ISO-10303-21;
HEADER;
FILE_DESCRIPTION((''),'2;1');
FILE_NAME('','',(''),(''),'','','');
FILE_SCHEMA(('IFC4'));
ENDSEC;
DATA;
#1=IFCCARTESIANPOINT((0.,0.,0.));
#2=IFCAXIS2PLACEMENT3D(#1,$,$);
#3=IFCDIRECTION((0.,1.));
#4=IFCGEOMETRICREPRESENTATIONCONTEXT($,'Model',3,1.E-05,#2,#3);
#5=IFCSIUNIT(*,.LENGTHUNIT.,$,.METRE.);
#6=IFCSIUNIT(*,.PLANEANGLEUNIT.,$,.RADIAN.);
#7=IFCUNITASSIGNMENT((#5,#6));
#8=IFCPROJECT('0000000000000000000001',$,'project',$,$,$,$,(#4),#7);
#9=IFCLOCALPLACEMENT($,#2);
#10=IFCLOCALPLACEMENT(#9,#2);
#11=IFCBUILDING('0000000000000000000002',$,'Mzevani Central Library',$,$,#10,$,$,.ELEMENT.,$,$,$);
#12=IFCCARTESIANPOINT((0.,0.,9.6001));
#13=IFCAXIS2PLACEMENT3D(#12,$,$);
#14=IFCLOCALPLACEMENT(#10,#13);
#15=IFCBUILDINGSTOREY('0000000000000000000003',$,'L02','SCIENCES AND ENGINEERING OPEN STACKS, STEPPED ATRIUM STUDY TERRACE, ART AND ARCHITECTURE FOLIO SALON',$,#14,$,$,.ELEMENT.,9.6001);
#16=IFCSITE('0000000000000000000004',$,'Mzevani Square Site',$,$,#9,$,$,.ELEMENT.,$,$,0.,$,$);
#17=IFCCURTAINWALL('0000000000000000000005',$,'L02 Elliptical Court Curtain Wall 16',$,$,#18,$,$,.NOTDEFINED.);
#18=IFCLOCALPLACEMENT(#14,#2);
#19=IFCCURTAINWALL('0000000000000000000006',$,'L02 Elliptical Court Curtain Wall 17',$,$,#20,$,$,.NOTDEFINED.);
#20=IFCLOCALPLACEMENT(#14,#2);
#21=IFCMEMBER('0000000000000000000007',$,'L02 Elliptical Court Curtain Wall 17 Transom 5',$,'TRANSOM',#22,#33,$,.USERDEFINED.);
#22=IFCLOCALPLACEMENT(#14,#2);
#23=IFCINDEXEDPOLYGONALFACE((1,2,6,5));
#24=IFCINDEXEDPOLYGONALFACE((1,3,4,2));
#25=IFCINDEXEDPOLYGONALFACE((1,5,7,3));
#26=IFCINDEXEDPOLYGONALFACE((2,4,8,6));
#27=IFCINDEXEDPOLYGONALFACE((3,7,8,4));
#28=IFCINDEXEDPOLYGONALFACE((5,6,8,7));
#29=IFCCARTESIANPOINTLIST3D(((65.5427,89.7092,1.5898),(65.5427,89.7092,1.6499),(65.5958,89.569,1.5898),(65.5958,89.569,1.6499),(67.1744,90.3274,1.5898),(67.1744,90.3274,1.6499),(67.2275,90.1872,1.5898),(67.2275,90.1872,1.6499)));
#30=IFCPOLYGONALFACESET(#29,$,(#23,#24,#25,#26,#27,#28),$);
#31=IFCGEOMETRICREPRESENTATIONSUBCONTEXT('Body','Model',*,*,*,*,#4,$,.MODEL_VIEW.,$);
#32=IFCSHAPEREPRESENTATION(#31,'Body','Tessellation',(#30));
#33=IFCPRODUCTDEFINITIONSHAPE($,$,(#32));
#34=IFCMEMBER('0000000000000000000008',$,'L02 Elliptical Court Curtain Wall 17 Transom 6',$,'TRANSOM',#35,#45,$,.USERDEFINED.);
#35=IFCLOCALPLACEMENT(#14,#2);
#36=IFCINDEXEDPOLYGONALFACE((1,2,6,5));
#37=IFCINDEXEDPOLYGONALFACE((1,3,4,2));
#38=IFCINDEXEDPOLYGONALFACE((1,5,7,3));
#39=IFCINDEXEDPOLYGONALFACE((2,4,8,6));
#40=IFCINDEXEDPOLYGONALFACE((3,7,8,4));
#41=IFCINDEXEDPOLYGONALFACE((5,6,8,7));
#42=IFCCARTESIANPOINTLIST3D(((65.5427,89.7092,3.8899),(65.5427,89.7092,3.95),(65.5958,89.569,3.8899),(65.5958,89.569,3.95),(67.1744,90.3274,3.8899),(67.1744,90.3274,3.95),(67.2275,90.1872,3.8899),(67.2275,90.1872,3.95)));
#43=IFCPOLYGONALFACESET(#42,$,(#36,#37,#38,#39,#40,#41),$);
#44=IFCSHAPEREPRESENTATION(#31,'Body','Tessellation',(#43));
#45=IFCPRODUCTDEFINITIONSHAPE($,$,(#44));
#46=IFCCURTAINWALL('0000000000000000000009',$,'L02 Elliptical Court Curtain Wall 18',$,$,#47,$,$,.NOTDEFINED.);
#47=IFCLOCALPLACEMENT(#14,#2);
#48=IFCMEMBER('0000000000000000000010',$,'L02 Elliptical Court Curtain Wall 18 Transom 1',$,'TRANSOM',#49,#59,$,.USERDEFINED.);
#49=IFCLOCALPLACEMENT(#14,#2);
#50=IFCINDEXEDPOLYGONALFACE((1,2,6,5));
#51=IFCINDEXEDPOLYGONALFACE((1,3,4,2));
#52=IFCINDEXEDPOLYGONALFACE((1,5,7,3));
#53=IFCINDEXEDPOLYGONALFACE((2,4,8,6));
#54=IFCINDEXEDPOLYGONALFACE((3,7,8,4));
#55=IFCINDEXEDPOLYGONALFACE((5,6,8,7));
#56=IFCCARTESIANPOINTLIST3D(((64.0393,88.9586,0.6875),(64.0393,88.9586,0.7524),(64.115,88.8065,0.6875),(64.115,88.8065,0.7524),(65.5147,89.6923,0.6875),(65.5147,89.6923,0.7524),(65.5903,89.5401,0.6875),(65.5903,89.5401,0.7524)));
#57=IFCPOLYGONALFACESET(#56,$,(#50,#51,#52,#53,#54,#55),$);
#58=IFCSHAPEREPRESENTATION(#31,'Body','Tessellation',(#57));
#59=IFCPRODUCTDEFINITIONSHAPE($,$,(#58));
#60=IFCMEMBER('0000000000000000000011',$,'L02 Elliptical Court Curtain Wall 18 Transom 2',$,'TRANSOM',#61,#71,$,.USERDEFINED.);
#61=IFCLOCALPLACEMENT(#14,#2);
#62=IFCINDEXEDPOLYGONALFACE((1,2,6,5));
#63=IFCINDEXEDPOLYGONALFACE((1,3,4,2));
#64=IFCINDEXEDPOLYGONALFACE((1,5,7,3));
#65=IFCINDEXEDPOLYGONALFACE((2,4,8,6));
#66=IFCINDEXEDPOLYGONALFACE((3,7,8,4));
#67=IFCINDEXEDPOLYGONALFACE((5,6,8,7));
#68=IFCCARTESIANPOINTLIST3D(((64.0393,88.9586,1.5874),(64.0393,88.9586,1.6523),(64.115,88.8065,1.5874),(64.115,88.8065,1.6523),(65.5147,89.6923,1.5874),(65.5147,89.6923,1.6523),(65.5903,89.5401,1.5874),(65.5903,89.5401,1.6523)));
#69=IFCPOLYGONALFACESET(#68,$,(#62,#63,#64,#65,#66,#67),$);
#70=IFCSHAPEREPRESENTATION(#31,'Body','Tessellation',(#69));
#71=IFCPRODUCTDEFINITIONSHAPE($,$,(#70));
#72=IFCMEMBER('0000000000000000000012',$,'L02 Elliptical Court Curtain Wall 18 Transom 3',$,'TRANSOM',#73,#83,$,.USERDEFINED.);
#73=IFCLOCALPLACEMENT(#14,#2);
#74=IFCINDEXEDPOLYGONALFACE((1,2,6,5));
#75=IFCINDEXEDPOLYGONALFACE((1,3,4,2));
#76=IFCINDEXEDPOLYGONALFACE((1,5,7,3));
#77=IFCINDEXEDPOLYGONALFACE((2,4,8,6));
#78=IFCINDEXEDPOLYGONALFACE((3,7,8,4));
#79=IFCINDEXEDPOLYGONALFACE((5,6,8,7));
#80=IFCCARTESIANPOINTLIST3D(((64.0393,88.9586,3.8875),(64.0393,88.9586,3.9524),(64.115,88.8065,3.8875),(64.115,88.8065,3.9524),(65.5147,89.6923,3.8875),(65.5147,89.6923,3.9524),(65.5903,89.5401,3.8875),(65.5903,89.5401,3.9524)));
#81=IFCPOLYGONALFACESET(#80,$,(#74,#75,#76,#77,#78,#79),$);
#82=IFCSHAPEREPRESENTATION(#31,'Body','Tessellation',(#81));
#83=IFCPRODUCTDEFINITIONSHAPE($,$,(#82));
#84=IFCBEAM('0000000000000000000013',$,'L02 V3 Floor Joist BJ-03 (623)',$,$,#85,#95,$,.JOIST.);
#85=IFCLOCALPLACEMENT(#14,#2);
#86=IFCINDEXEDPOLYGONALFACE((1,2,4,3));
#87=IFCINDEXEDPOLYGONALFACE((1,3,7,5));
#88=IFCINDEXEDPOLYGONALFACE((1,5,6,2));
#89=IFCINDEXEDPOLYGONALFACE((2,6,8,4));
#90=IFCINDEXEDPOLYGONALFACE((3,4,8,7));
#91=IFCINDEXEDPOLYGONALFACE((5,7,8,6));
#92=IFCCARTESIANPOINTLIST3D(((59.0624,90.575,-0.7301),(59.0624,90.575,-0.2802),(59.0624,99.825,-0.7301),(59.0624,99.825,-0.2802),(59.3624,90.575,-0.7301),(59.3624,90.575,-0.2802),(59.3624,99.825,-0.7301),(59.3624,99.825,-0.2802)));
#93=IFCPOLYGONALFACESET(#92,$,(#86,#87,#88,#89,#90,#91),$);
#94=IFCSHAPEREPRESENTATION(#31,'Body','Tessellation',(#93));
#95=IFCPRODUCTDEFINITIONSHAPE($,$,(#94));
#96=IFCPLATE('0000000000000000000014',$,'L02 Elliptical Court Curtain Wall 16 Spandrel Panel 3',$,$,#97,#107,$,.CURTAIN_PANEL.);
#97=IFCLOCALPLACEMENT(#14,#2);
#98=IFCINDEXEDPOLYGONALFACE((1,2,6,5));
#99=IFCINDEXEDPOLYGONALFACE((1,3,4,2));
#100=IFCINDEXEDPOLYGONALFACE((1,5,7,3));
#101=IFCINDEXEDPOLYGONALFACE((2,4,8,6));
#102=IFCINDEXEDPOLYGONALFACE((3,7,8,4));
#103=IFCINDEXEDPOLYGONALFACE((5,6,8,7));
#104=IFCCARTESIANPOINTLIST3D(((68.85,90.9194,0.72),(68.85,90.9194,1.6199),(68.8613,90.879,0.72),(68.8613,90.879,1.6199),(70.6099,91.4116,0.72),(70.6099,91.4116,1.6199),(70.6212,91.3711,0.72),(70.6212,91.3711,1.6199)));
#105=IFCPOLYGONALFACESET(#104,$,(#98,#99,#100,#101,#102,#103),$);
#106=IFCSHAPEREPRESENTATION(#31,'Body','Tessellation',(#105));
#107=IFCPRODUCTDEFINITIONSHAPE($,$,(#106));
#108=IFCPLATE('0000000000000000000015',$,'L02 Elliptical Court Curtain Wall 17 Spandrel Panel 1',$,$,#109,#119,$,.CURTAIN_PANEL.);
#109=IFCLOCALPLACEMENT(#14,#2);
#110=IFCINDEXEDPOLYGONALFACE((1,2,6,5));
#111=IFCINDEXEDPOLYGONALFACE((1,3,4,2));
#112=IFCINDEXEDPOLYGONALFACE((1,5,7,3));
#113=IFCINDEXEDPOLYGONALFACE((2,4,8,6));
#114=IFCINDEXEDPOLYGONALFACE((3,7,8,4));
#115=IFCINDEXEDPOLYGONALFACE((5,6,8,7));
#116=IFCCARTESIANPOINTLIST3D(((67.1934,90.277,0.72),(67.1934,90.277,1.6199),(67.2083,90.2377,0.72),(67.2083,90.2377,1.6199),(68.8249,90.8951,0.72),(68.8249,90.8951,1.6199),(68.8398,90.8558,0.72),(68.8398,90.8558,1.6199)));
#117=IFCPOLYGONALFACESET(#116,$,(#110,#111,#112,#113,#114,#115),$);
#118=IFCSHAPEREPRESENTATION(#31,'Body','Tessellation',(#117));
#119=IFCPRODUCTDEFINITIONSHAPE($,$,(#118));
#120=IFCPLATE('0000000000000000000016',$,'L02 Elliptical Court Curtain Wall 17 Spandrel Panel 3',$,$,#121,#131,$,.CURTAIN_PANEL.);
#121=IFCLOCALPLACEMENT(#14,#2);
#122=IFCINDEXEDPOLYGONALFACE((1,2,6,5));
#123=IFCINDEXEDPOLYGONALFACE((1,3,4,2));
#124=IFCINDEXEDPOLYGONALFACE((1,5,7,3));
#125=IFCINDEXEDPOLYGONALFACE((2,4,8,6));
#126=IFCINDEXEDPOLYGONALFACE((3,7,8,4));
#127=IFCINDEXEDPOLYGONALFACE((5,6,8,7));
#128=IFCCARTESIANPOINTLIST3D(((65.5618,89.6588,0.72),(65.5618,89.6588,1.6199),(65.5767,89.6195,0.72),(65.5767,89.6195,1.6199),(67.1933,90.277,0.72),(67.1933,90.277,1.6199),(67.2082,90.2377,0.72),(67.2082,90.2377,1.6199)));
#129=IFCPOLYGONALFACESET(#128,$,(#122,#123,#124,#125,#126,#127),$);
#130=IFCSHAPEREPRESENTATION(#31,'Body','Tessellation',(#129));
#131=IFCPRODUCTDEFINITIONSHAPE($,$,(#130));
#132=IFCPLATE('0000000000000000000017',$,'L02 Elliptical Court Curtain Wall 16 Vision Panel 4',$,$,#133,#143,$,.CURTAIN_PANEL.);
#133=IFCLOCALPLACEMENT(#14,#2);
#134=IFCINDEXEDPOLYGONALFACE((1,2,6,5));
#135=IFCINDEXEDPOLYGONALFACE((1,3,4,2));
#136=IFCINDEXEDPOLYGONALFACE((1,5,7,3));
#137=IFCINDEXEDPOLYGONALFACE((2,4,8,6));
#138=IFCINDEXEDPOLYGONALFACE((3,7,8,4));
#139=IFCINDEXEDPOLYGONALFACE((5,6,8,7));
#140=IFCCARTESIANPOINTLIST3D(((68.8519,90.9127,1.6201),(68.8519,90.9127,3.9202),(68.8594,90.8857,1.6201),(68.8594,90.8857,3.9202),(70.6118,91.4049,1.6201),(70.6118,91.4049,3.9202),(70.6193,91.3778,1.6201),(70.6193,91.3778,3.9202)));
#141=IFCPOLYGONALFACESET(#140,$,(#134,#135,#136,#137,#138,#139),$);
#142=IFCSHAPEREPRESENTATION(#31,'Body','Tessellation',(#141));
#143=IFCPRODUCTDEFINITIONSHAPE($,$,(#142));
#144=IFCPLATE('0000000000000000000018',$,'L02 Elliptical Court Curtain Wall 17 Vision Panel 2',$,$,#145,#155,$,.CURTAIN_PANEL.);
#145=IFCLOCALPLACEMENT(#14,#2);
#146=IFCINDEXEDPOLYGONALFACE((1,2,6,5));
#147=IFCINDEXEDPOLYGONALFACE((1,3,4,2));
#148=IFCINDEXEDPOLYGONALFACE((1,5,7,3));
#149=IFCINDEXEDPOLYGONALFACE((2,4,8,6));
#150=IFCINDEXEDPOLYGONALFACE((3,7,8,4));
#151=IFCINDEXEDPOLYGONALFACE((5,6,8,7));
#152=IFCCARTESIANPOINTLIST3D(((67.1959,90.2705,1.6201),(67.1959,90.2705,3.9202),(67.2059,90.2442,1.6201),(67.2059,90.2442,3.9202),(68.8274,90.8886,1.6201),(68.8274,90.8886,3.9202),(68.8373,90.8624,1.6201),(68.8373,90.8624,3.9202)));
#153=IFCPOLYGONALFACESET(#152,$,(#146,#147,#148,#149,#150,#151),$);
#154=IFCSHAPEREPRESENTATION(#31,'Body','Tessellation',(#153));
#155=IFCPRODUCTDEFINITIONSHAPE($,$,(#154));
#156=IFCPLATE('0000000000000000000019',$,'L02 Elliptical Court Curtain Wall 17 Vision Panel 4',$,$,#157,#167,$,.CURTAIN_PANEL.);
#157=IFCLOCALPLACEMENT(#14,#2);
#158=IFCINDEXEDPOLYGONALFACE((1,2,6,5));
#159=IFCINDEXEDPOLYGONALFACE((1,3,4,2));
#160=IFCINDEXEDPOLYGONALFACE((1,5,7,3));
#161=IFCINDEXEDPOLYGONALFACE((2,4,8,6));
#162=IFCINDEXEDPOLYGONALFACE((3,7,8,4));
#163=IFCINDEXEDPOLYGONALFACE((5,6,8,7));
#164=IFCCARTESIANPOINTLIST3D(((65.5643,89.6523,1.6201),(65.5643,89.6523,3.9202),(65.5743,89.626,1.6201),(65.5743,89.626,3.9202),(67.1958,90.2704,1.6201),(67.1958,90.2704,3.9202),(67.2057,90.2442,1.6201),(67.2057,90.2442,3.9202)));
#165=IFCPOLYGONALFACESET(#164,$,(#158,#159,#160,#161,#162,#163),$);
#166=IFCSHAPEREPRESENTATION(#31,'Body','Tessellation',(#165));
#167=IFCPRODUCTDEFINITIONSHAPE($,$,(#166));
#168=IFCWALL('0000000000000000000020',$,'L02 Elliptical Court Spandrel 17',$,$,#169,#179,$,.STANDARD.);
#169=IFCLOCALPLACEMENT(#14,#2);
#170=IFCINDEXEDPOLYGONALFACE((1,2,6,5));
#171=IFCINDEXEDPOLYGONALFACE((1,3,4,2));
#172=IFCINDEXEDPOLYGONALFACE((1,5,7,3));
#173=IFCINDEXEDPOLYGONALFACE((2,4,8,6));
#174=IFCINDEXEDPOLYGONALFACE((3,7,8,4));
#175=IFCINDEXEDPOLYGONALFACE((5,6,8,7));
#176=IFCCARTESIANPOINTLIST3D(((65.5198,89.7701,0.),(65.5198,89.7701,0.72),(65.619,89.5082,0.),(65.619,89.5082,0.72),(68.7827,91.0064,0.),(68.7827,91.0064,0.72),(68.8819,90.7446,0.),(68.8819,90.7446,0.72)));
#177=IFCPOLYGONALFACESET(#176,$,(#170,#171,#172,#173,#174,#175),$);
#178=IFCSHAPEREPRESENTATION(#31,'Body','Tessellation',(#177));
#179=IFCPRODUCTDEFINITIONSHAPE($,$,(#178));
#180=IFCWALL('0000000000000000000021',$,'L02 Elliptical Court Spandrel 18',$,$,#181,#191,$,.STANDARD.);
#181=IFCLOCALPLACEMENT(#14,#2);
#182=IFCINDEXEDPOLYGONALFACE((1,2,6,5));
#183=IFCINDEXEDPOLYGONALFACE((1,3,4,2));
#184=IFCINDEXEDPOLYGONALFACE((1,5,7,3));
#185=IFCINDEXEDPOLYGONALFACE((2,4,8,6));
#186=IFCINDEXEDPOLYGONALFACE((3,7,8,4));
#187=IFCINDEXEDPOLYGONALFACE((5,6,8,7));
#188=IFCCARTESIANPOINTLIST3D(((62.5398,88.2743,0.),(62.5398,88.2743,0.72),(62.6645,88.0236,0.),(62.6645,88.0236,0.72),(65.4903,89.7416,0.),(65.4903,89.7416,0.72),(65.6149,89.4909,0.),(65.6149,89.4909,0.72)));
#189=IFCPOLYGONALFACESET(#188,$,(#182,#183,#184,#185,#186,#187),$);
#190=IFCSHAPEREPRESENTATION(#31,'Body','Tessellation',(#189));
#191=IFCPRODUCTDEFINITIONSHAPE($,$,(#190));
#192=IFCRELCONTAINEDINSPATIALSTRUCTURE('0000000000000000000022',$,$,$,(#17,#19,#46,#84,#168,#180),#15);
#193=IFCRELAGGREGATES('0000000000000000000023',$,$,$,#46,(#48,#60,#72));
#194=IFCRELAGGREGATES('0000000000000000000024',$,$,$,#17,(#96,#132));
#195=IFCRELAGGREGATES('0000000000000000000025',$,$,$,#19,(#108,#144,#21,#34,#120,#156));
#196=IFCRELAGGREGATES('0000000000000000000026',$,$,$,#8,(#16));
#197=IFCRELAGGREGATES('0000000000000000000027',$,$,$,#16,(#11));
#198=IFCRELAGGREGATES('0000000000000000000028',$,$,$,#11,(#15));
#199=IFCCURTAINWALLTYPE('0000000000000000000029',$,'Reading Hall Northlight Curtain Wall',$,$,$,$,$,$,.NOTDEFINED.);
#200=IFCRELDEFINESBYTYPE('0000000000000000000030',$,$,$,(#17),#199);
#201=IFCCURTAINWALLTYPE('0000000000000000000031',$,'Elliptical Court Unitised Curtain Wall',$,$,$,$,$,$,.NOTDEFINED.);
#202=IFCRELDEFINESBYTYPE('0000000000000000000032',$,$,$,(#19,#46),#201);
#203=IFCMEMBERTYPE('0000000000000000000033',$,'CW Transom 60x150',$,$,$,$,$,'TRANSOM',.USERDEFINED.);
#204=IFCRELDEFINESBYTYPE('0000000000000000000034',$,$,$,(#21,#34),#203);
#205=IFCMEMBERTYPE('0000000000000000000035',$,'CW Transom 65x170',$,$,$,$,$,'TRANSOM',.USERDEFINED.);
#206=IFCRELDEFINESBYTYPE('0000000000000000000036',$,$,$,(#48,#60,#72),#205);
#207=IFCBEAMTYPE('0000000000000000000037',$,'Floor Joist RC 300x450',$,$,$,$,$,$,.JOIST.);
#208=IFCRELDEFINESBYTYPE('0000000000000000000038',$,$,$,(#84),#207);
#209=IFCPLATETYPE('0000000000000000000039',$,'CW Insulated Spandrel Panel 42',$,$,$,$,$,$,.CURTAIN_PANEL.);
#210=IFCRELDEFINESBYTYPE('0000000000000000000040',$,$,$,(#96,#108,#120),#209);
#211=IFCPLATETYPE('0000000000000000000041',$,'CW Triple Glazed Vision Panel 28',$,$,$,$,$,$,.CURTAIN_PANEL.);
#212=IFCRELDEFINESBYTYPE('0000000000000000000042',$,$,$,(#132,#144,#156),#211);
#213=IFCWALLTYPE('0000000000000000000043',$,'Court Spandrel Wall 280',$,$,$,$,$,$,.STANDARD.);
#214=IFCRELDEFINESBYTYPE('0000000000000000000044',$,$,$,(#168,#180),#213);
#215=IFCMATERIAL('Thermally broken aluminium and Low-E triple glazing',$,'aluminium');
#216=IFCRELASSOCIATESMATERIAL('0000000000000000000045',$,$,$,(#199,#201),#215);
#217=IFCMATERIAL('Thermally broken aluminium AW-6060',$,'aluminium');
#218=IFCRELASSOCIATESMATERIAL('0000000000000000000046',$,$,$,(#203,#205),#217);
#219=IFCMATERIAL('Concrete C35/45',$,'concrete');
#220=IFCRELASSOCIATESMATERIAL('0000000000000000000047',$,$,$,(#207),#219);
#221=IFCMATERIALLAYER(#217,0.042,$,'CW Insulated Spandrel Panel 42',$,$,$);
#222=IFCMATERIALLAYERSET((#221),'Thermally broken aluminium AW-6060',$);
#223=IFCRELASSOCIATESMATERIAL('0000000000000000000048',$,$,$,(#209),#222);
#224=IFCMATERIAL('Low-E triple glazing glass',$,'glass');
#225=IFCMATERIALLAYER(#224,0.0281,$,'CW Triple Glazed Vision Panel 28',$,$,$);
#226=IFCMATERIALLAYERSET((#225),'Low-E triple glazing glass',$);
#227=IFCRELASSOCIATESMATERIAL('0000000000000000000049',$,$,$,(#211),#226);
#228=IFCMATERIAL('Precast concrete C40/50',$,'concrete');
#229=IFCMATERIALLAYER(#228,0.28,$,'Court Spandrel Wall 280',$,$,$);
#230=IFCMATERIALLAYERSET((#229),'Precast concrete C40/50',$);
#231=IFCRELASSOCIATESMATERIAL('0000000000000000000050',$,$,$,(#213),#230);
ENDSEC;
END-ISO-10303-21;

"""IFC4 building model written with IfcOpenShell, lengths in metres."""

from ifc_helpers import new_model, si_unit, direction, frame, frame_2d, origin, origin_2d, place, context, subcontext, project, spatial, rectangle, extrude, material, layer, layer_set, material_profile, profile_set, type_object, element, aggregate, save


model = new_model("IFC4")

# Units and contexts
model_context = context("Model", 3, precision=1e-05, world=origin(), true_north=direction((0.0, 1.0)))
body_context = subcontext(model_context, "Body", "Model", "MODEL_VIEW")
ifc_project = project(units=[si_unit("LENGTHUNIT", "METRE"), si_unit("PLANEANGLEUNIT", "RADIAN")], contexts=[model_context])

# Site, building, storey
site_placement = place(None, origin())
site = spatial("IfcSite", under=ifc_project, at=site_placement, Name="Mzevani Square Site", CompositionType="ELEMENT", RefElevation=0.0)
building_placement = place(site_placement, origin())
building = spatial("IfcBuilding", under=site, at=building_placement, Name="Mzevani Central Library", CompositionType="ELEMENT")
storey_placement = place(building_placement, frame((0.0, 0.0, 9.6001)))
storey = spatial("IfcBuildingStorey", under=building, at=storey_placement, Name="L02", Description="SCIENCES AND ENGINEERING OPEN STACKS, STEPPED ATRIUM STUDY TERRACE, ART AND ARCHITECTURE FOLIO SALON", CompositionType="ELEMENT", Elevation=9.6001)

# Shared definitions
ifc_material_1 = material(Name="Concrete C35/45", Category="concrete")

# Curtain walls, members
ifc_material_2 = material(Name="Thermally broken aluminium and Low-E triple glazing", Category="aluminium")
curtain_wall_type_1 = type_object("IfcCurtainWallType", Name="Reading Hall Northlight Curtain Wall", PredefinedType="NOTDEFINED", material=ifc_material_2)
curtain_wall_1_placement = place(storey_placement, origin())
curtain_wall_1 = element("IfcCurtainWall", 1, at=curtain_wall_1_placement, inside=storey, type_object=curtain_wall_type_1, Name="L02 Elliptical Court Curtain Wall 16", PredefinedType="NOTDEFINED")
ifc_material_3 = material(Name="Thermally broken aluminium AW-6060", Category="aluminium")
curtain_wall_type_2 = type_object("IfcCurtainWallType", Name="Elliptical Court Unitised Curtain Wall", PredefinedType="NOTDEFINED", material=ifc_material_2)
curtain_wall_2_placement = place(storey_placement, origin())
curtain_wall_2 = element("IfcCurtainWall", 2, at=curtain_wall_2_placement, inside=storey, type_object=curtain_wall_type_2, Name="L02 Elliptical Court Curtain Wall 17", PredefinedType="NOTDEFINED")
ifc_material_profile_1 = material_profile(ifc_material_3, rectangle(XDim=0.1499, YDim=0.0601, at=origin_2d()), Name="ALU T60x150")
ifc_profile_set_1 = profile_set([ifc_material_profile_1], Name="Thermally broken aluminium AW-6060")
member_type_1 = type_object("IfcMemberType", Name="CW Transom 60x150", ElementType="TRANSOM", PredefinedType="USERDEFINED", material=ifc_profile_set_1)
member_1_placement = place(storey_placement, frame((67.2009, 90.2573, 1.6199), z_axis=(-0.935133, -0.354296, 0.0), x_axis=(0.354296, -0.935133, 0.0)))
member_1 = element("IfcMember", 3, at=member_1_placement, type_object=member_type_1, Name="L02 Elliptical Court Curtain Wall 17 Transom 5", ObjectType="TRANSOM", PredefinedType="USERDEFINED", context=body_context, shape_type="SweptSolid", body=[
    extrude(rectangle(XDim=0.1499, YDim=0.0601, at=origin_2d()), origin(), (0.0, 0.0, 1.0), 1.7449),
])
member_2_placement = place(storey_placement, frame((67.2009, 90.2573, 3.9199), z_axis=(-0.935133, -0.354296, 0.0), x_axis=(0.354296, -0.935133, 0.0)))
member_2 = element("IfcMember", 4, at=member_2_placement, type_object=member_type_1, Name="L02 Elliptical Court Curtain Wall 17 Transom 6", ObjectType="TRANSOM", PredefinedType="USERDEFINED", context=body_context, shape_type="SweptSolid", body=[
    extrude(rectangle(XDim=0.1499, YDim=0.0601, at=origin_2d()), origin(), (0.0, 0.0, 1.0), 1.7449),
])
curtain_wall_3_placement = place(storey_placement, origin())
curtain_wall_3 = element("IfcCurtainWall", 5, at=curtain_wall_3_placement, inside=storey, type_object=curtain_wall_type_2, Name="L02 Elliptical Court Curtain Wall 18", PredefinedType="NOTDEFINED")
ifc_material_profile_2 = material_profile(ifc_material_3, rectangle(XDim=0.1699, YDim=0.0649, at=origin_2d()), Name="ALU T65x170")
ifc_profile_set_2 = profile_set([ifc_material_profile_2], Name="Thermally broken aluminium AW-6060")
member_type_2 = type_object("IfcMemberType", Name="CW Transom 65x170", ElementType="TRANSOM", PredefinedType="USERDEFINED", material=ifc_profile_set_2)
member_3_placement = place(storey_placement, frame((65.5525, 89.6162, 0.72), z_axis=(-0.895403, -0.445257, 0.0), x_axis=(0.445257, -0.895403, 0.0)))
member_3 = element("IfcMember", 6, at=member_3_placement, type_object=member_type_2, Name="L02 Elliptical Court Curtain Wall 18 Transom 1", ObjectType="TRANSOM", PredefinedType="USERDEFINED", context=body_context, shape_type="SweptSolid", body=[
    extrude(rectangle(XDim=0.1699, YDim=0.0649, at=origin_2d()), origin(), (0.0, 0.0, 1.0), 1.6477),
])
member_4_placement = place(storey_placement, frame((65.5525, 89.6162, 1.6199), z_axis=(-0.895403, -0.445257, 0.0), x_axis=(0.445257, -0.895403, 0.0)))
member_4 = element("IfcMember", 7, at=member_4_placement, type_object=member_type_2, Name="L02 Elliptical Court Curtain Wall 18 Transom 2", ObjectType="TRANSOM", PredefinedType="USERDEFINED", context=body_context, shape_type="SweptSolid", body=[
    extrude(rectangle(XDim=0.1699, YDim=0.0649, at=origin_2d()), origin(), (0.0, 0.0, 1.0), 1.6477),
])
member_5_placement = place(storey_placement, frame((65.5525, 89.6162, 3.9199), z_axis=(-0.895403, -0.445257, 0.0), x_axis=(0.445257, -0.895403, 0.0)))
member_5 = element("IfcMember", 8, at=member_5_placement, type_object=member_type_2, Name="L02 Elliptical Court Curtain Wall 18 Transom 3", ObjectType="TRANSOM", PredefinedType="USERDEFINED", context=body_context, shape_type="SweptSolid", body=[
    extrude(rectangle(XDim=0.1699, YDim=0.0649, at=origin_2d()), origin(), (0.0, 0.0, 1.0), 1.6477),
])
aggregate(curtain_wall_3, [member_3, member_4, member_5])

# Beam
ifc_material_profile_3 = material_profile(ifc_material_1, rectangle(XDim=0.3, YDim=0.45, at=origin_2d()), Name="RC J300x450")
ifc_profile_set_3 = profile_set([ifc_material_profile_3], Name="Concrete C35/45")
beam_type_1 = type_object("IfcBeamType", Name="Floor Joist RC 300x450", PredefinedType="JOIST", material=ifc_profile_set_3)
beam_1_placement = place(storey_placement, frame((59.2124, 90.575, -0.5051), z_axis=(0.0, 1.0, 0.0), x_axis=(-1.0, 0.0, 0.0)))
element("IfcBeam", 9, at=beam_1_placement, inside=storey, type_object=beam_type_1, Name="L02 V3 Floor Joist BJ-03 (623)", PredefinedType="JOIST", context=body_context, shape_type="SweptSolid", body=[
    extrude(rectangle(XDim=0.3, YDim=0.45, at=origin_2d()), origin(), (0.0, 0.0, 1.0), 9.25),
])

# Plates
ifc_layer_1 = layer(ifc_material_3, 0.042, Name="CW Insulated Spandrel Panel 42")
ifc_layer_set_1 = layer_set([ifc_layer_1], Name="Thermally broken aluminium AW-6060")
plate_type_1 = type_object("IfcPlateType", Name="CW Insulated Spandrel Panel 42", PredefinedType="CURTAIN_PANEL", material=ifc_layer_set_1)
plate_1_placement = place(storey_placement, frame((69.7356, 91.1453, 0.72), z_axis=(0.0, 0.0, 1.0), x_axis=(-0.963054, -0.26931, 0.0)))
plate_1 = element("IfcPlate", 10, at=plate_1_placement, type_object=plate_type_1, Name="L02 Elliptical Court Curtain Wall 16 Spandrel Panel 3", PredefinedType="CURTAIN_PANEL", context=body_context, shape_type="SweptSolid", body=[
    extrude(rectangle(XDim=1.8274, YDim=0.042, at=origin_2d()), origin(), (0.0, 0.0, 1.0), 0.8999),
])
plate_2_placement = place(storey_placement, frame((68.0166, 90.5664, 0.72), z_axis=(0.0, 0.0, 1.0), x_axis=(-0.935126, -0.354316, 0.0)))
plate_2 = element("IfcPlate", 11, at=plate_2_placement, type_object=plate_type_1, Name="L02 Elliptical Court Curtain Wall 17 Spandrel Panel 1", PredefinedType="CURTAIN_PANEL", context=body_context, shape_type="SweptSolid", body=[
    extrude(rectangle(XDim=1.7446, YDim=0.042, at=origin_2d()), origin(), (0.0, 0.0, 1.0), 0.8999),
])
plate_3_placement = place(storey_placement, frame((66.385, 89.9482, 0.72), z_axis=(0.0, 0.0, 1.0), x_axis=(-0.935126, -0.354316, 0.0)))
plate_3 = element("IfcPlate", 12, at=plate_3_placement, type_object=plate_type_1, Name="L02 Elliptical Court Curtain Wall 17 Spandrel Panel 3", PredefinedType="CURTAIN_PANEL", context=body_context, shape_type="SweptSolid", body=[
    extrude(rectangle(XDim=1.7446, YDim=0.042, at=origin_2d()), origin(), (0.0, 0.0, 1.0), 0.8999),
])
ifc_material_4 = material(Name="Low-E triple glazing glass", Category="glass")
ifc_layer_2 = layer(ifc_material_4, 0.0281, Name="CW Triple Glazed Vision Panel 28")
ifc_layer_set_2 = layer_set([ifc_layer_2], Name="Low-E triple glazing glass")
plate_type_2 = type_object("IfcPlateType", Name="CW Triple Glazed Vision Panel 28", PredefinedType="CURTAIN_PANEL", material=ifc_layer_set_2)
plate_4_placement = place(storey_placement, frame((69.7356, 91.1453, 1.6201), z_axis=(0.0, 0.0, 1.0), x_axis=(-0.963054, -0.26931, 0.0)))
plate_4 = element("IfcPlate", 13, at=plate_4_placement, type_object=plate_type_2, Name="L02 Elliptical Court Curtain Wall 16 Vision Panel 4", PredefinedType="CURTAIN_PANEL", context=body_context, shape_type="SweptSolid", body=[
    extrude(rectangle(XDim=1.8274, YDim=0.0281, at=origin_2d()), origin(), (0.0, 0.0, 1.0), 2.3),
])
aggregate(curtain_wall_1, [plate_1, plate_4])
plate_5_placement = place(storey_placement, frame((68.0166, 90.5664, 1.6201), z_axis=(0.0, 0.0, 1.0), x_axis=(-0.935126, -0.354316, 0.0)))
plate_5 = element("IfcPlate", 14, at=plate_5_placement, type_object=plate_type_2, Name="L02 Elliptical Court Curtain Wall 17 Vision Panel 2", PredefinedType="CURTAIN_PANEL", context=body_context, shape_type="SweptSolid", body=[
    extrude(rectangle(XDim=1.7446, YDim=0.0281, at=origin_2d()), origin(), (0.0, 0.0, 1.0), 2.3),
])
plate_6_placement = place(storey_placement, frame((66.385, 89.9482, 1.6201), z_axis=(0.0, 0.0, 1.0), x_axis=(-0.935126, -0.354316, 0.0)))
plate_6 = element("IfcPlate", 15, at=plate_6_placement, type_object=plate_type_2, Name="L02 Elliptical Court Curtain Wall 17 Vision Panel 4", PredefinedType="CURTAIN_PANEL", context=body_context, shape_type="SweptSolid", body=[
    extrude(rectangle(XDim=1.7446, YDim=0.0281, at=origin_2d()), origin(), (0.0, 0.0, 1.0), 2.3),
])
aggregate(curtain_wall_2, [plate_2, plate_5, member_1, member_2, plate_3, plate_6])

# Walls
ifc_material_5 = material(Name="Precast concrete C40/50", Category="concrete")
ifc_layer_3 = layer(ifc_material_5, 0.28, Name="Court Spandrel Wall 280")
ifc_layer_set_3 = layer_set([ifc_layer_3], Name="Precast concrete C40/50")
wall_type_1 = type_object("IfcWallType", Name="Court Spandrel Wall 280", PredefinedType="STANDARD", material=ifc_layer_set_3)
wall_1_placement = place(storey_placement, frame((68.8323, 90.8755, 0.0), z_axis=(0.0, 0.0, 1.0), x_axis=(-0.935125, -0.354319, 0.0)))
element("IfcWall", 16, at=wall_1_placement, inside=storey, type_object=wall_type_1, Name="L02 Elliptical Court Spandrel 17", PredefinedType="STANDARD", context=body_context, shape_type="SweptSolid", body=[
    extrude(rectangle(XDim=3.4893, YDim=0.28, at=frame_2d((1.7446, 0.0))), origin(), (0.0, 0.0, 1.0), 0.72),
])
wall_2_placement = place(storey_placement, frame((65.5525, 89.6162, 0.0), z_axis=(0.0, 0.0, 1.0), x_axis=(-0.895388, -0.445286, 0.0)))
element("IfcWall", 17, at=wall_2_placement, inside=storey, type_object=wall_type_1, Name="L02 Elliptical Court Spandrel 18", PredefinedType="STANDARD", context=body_context, shape_type="SweptSolid", body=[
    extrude(rectangle(XDim=3.2952, YDim=0.28, at=frame_2d((1.6475, 0.0))), origin(), (0.0, 0.0, 1.0), 0.72),
])

save(model, "model.ifc")
